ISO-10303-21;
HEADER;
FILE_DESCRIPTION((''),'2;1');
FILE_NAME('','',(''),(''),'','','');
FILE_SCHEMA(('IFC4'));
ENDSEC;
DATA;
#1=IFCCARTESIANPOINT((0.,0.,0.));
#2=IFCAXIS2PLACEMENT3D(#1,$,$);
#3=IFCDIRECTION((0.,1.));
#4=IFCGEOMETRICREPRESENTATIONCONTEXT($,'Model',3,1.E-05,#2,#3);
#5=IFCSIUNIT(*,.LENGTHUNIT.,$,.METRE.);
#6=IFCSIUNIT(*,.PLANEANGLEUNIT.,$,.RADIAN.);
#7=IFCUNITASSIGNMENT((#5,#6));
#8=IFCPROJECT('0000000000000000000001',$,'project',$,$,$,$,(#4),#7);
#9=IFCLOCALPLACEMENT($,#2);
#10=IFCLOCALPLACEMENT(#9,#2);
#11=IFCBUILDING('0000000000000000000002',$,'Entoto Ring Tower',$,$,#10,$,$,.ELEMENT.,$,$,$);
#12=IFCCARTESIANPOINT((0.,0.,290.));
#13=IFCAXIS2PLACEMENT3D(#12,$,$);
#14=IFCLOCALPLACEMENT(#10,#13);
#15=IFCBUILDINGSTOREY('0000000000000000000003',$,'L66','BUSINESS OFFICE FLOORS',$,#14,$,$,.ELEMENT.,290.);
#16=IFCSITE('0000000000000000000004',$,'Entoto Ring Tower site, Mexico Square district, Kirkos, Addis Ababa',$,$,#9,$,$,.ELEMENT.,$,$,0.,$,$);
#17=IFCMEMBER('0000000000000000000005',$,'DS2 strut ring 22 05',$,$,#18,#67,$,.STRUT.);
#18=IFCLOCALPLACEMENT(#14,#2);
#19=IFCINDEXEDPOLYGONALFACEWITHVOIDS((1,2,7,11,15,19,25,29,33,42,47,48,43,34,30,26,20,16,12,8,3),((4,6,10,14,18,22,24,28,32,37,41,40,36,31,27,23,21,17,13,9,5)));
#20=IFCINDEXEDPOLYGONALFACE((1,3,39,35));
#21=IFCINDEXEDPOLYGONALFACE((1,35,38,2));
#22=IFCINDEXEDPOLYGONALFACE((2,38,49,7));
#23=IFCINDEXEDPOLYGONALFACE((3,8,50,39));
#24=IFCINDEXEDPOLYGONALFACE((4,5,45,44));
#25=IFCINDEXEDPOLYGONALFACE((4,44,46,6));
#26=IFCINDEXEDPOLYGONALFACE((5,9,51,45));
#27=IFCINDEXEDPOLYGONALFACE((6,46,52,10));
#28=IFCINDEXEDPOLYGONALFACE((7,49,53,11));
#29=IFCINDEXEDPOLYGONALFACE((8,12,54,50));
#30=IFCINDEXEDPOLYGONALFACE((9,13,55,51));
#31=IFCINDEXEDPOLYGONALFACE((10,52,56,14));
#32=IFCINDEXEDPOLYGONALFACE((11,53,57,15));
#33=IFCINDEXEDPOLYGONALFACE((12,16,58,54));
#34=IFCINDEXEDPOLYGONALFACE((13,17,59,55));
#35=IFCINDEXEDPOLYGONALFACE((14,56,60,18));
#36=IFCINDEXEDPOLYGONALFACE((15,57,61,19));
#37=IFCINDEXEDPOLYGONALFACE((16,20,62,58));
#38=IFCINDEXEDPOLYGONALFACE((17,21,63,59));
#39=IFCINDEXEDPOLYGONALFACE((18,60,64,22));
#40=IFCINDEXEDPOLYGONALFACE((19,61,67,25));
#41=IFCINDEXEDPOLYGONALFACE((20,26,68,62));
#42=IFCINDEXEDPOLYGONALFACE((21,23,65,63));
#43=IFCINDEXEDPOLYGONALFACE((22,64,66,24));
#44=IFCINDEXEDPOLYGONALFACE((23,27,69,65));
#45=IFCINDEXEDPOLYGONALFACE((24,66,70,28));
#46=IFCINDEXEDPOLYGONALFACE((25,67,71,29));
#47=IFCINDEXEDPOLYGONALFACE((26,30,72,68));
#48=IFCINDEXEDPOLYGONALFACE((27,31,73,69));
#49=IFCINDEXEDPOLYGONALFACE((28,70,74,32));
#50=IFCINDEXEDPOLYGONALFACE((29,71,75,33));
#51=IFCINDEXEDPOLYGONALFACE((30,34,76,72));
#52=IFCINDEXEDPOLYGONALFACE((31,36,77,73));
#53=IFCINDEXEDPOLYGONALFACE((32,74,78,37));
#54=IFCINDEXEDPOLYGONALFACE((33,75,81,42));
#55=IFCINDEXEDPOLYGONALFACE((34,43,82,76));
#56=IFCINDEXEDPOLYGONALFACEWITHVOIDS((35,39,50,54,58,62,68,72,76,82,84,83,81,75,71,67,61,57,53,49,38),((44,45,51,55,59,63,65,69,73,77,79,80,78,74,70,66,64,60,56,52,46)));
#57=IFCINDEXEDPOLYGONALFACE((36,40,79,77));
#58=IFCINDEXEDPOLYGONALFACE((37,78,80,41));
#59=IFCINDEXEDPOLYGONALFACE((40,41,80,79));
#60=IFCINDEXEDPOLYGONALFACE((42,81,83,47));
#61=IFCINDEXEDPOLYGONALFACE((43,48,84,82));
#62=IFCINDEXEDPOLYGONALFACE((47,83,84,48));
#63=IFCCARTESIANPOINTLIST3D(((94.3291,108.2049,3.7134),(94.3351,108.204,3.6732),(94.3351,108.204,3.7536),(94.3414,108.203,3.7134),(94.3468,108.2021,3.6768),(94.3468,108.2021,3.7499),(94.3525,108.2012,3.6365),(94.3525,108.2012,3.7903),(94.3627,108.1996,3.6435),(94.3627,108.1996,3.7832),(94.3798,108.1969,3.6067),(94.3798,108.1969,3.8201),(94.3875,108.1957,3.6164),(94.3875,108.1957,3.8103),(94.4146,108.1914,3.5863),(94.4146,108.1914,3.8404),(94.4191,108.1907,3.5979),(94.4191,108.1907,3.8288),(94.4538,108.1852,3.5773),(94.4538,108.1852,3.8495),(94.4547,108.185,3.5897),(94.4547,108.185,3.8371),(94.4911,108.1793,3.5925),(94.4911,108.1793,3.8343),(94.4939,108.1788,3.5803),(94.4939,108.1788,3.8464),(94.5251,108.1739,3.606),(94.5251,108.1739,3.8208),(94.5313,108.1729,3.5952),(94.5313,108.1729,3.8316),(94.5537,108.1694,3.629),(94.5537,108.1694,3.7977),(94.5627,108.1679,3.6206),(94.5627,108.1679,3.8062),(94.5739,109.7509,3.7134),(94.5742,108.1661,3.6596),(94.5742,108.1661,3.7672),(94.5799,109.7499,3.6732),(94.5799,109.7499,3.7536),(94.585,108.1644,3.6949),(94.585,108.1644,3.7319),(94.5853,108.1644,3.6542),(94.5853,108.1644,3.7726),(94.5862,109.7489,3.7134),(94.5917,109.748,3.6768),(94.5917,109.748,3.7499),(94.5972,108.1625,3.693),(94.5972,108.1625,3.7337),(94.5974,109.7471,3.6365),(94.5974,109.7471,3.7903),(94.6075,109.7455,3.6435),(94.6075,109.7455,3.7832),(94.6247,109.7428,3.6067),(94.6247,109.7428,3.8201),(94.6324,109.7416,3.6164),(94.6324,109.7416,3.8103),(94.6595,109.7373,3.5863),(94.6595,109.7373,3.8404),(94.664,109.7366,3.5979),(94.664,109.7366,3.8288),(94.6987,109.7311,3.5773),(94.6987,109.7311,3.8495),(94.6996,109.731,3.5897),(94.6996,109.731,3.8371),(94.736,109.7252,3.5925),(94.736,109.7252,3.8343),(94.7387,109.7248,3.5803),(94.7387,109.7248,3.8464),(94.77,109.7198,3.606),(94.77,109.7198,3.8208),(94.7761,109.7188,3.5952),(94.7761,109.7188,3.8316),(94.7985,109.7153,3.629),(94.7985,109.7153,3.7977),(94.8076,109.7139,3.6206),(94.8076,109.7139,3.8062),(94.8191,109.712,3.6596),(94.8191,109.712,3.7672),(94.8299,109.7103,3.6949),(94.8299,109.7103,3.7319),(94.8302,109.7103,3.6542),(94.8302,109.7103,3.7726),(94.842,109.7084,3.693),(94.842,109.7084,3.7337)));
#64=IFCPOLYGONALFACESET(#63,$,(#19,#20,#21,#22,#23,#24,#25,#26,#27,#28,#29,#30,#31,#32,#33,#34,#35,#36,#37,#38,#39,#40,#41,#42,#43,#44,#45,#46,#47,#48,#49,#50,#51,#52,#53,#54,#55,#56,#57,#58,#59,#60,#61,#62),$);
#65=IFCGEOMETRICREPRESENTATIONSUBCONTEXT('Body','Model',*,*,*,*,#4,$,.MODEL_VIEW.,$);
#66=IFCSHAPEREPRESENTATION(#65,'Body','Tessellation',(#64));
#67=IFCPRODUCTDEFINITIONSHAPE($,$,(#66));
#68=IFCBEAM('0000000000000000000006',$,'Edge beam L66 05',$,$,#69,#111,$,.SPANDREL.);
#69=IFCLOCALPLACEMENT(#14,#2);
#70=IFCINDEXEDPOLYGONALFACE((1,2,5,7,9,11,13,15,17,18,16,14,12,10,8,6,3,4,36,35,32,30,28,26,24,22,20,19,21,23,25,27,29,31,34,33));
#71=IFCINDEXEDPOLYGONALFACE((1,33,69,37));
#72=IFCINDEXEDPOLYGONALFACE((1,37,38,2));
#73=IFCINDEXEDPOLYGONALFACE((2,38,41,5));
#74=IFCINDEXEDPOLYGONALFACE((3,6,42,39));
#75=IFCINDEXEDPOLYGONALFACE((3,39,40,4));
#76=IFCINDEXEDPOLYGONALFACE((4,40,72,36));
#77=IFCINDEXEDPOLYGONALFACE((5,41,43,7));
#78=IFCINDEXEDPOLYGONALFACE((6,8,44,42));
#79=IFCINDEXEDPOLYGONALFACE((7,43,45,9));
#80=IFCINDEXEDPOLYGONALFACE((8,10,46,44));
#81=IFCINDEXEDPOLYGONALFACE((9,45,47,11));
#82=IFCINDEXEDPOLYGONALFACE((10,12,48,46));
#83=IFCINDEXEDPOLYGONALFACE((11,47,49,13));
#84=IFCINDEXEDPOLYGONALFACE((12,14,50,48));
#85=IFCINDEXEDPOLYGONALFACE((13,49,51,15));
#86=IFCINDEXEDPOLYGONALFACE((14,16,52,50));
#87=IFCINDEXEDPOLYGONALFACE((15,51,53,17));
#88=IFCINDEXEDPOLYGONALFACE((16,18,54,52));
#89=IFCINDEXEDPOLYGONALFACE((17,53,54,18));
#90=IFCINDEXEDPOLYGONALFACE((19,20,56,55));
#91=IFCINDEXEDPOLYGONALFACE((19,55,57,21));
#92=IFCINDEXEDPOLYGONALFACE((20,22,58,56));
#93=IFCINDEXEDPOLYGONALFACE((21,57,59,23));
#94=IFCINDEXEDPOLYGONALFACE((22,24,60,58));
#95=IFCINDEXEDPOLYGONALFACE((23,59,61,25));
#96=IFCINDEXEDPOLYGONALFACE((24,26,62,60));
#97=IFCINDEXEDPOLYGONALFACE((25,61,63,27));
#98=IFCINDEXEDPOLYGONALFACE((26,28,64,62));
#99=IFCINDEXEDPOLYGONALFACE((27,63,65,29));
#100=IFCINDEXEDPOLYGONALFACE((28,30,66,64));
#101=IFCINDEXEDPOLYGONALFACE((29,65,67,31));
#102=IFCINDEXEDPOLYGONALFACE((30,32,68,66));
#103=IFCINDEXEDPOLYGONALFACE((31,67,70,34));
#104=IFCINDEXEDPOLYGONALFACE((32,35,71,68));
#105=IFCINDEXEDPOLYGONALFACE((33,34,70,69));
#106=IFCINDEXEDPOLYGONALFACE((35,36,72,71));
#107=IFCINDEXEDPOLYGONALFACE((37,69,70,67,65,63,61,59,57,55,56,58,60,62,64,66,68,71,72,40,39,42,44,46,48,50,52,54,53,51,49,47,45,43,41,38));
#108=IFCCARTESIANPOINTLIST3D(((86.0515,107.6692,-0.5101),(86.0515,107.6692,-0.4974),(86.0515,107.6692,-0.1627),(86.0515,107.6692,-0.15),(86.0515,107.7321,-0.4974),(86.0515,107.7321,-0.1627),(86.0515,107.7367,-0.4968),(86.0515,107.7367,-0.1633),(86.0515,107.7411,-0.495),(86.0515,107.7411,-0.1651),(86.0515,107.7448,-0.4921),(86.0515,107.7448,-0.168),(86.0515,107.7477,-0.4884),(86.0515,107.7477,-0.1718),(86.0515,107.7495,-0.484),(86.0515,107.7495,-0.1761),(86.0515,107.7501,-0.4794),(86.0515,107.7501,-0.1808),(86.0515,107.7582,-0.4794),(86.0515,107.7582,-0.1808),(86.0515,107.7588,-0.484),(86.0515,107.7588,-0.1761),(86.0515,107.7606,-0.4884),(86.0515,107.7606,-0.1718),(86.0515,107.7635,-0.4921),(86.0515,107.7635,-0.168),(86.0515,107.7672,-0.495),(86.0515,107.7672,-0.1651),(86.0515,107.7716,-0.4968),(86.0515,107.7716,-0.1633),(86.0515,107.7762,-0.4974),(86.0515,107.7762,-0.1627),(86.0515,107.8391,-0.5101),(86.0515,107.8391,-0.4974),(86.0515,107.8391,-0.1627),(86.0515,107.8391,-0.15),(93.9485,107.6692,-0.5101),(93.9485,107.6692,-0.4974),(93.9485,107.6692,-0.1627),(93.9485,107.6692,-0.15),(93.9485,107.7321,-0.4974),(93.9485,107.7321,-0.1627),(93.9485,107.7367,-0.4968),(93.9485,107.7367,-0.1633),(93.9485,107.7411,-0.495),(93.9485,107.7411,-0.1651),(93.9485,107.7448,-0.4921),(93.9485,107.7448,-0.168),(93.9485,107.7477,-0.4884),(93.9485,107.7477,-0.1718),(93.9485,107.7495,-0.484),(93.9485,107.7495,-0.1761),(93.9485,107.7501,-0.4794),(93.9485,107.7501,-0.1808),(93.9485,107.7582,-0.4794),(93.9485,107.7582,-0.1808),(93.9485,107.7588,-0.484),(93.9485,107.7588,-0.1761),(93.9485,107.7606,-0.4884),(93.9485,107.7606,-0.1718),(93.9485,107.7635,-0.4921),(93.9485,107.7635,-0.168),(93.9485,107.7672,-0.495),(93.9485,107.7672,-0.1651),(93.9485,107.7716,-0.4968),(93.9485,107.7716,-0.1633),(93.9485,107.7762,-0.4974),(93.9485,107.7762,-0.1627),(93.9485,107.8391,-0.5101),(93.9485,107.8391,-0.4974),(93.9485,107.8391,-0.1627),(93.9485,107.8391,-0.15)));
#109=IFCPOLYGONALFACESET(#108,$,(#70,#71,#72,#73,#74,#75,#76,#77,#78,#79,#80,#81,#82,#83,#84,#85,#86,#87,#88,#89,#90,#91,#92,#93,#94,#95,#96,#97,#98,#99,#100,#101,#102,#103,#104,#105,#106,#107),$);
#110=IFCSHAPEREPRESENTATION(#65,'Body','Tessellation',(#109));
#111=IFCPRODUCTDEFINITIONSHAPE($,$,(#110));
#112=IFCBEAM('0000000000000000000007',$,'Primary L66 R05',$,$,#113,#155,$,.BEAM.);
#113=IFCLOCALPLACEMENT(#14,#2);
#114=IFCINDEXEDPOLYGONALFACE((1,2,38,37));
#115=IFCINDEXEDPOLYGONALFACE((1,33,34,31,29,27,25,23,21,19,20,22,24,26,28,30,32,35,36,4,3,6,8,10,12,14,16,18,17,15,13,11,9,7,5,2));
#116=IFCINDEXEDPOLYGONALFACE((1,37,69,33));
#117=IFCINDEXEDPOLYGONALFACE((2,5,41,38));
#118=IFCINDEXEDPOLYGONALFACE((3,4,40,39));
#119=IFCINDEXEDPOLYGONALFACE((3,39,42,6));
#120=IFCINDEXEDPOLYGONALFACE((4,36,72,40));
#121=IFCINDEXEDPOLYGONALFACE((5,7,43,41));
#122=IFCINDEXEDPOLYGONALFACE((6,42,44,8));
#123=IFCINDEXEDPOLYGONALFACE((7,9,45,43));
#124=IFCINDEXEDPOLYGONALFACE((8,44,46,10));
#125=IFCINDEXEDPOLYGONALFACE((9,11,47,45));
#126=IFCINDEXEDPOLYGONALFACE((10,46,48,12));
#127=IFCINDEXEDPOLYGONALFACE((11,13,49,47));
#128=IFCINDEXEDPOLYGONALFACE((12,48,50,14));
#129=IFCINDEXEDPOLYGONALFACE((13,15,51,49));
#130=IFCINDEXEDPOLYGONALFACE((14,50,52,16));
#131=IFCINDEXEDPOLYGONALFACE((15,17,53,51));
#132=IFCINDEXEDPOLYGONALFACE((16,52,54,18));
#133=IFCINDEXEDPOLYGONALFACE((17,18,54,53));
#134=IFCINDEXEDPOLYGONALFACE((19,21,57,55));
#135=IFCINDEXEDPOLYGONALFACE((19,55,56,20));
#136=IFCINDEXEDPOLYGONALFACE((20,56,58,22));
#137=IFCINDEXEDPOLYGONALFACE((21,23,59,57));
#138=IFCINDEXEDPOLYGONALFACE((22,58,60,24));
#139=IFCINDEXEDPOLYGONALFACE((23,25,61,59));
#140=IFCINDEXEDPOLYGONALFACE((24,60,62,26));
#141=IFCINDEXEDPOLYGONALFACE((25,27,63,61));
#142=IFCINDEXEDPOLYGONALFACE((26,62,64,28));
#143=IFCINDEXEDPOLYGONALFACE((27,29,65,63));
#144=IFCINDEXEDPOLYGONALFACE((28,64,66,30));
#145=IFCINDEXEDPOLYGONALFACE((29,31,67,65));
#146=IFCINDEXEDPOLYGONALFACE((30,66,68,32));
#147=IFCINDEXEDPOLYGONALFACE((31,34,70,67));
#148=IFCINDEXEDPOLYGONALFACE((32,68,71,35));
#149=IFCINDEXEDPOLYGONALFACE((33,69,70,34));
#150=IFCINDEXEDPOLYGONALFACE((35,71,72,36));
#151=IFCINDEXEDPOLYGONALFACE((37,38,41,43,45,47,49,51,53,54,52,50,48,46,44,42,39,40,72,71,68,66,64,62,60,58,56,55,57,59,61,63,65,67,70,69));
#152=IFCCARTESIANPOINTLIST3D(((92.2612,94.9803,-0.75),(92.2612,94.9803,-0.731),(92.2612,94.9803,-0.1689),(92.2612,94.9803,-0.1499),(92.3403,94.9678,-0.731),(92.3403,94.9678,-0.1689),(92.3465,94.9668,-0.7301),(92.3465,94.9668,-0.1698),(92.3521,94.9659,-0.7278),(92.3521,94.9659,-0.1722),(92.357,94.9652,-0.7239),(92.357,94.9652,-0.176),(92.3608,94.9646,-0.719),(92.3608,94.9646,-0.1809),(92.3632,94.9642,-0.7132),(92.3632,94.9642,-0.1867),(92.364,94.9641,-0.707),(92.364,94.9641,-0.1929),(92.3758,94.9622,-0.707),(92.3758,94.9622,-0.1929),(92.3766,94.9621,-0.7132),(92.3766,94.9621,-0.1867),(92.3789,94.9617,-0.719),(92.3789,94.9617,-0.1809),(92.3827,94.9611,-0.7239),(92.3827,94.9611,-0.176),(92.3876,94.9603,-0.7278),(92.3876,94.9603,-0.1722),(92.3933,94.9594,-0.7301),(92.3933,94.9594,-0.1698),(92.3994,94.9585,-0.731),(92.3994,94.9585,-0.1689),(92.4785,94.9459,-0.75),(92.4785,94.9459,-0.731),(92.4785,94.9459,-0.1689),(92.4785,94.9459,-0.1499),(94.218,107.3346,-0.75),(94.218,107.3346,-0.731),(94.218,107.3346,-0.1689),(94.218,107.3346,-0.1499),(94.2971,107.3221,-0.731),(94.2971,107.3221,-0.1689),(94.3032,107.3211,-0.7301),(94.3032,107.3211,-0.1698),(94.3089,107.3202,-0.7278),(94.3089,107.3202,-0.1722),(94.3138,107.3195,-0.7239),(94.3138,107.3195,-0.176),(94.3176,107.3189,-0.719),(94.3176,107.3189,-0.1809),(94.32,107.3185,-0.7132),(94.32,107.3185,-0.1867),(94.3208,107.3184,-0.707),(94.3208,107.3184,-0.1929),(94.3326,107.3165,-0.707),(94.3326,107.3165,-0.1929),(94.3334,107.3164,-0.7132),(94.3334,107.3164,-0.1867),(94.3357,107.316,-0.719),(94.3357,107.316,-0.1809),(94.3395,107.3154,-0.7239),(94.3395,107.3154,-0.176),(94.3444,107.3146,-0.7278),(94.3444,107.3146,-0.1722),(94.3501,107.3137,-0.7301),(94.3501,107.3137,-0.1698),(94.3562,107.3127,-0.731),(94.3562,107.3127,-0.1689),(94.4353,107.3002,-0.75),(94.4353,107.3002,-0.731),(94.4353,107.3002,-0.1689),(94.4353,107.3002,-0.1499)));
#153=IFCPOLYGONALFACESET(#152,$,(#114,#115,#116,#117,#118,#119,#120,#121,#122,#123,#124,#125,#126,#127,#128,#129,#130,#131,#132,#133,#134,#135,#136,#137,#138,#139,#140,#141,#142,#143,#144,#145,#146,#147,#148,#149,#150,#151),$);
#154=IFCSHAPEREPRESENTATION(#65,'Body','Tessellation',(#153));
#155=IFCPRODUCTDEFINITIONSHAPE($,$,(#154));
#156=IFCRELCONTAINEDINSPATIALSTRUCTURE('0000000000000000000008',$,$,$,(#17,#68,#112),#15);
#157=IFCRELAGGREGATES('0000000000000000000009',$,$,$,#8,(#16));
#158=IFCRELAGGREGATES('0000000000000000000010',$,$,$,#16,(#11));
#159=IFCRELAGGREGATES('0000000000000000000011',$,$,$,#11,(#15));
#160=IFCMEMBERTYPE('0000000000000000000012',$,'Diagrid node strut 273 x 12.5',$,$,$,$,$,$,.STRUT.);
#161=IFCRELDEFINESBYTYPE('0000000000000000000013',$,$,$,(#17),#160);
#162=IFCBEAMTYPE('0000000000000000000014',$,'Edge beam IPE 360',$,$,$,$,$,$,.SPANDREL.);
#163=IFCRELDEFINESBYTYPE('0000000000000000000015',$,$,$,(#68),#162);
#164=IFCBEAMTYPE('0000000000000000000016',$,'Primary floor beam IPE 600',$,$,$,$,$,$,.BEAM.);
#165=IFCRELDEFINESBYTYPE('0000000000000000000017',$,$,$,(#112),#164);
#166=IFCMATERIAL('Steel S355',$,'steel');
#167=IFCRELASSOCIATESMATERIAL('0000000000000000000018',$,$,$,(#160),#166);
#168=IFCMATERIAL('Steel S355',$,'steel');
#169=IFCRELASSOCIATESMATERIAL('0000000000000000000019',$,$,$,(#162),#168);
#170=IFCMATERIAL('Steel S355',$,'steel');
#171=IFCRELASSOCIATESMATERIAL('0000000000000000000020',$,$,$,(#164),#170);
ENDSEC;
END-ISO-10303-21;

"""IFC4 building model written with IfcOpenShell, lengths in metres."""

from ifc_helpers import new_model, si_unit, direction, frame, origin, origin_2d, place, context, subcontext, project, spatial, circle, hollow_circle, i_section, extrude, material, material_profile, profile_set, type_object, element, save


model = new_model("IFC4")

# Units and contexts
model_context = context("Model", 3, precision=1e-05, world=origin(), true_north=direction((0.0, 1.0)))
body_context = subcontext(model_context, "Body", "Model", "MODEL_VIEW")
ifc_project = project(units=[si_unit("LENGTHUNIT", "METRE"), si_unit("PLANEANGLEUNIT", "RADIAN")], contexts=[model_context])

# Site, building, storey
site_placement = place(None, origin())
site = spatial("IfcSite", under=ifc_project, at=site_placement, Name="Entoto Ring Tower site, Mexico Square district, Kirkos, Addis Ababa", CompositionType="ELEMENT", RefElevation=0.0)
building_placement = place(site_placement, origin())
building = spatial("IfcBuilding", under=site, at=building_placement, Name="Entoto Ring Tower", CompositionType="ELEMENT")
storey_placement = place(building_placement, frame((0.0, 0.0, 290.0)))
storey = spatial("IfcBuildingStorey", under=building, at=storey_placement, Name="L66", Description="BUSINESS OFFICE FLOORS", CompositionType="ELEMENT", Elevation=290.0)

# Member
ifc_material_1 = material(Name="Steel S355", Category="steel")
ifc_material_profile_1 = material_profile(ifc_material_1, hollow_circle(Radius=0.1365, WallThickness=0.0125, at=origin_2d()), Name="CHS 273 x 12.5")
ifc_material_2 = material(Name="Concrete C60/75", Category="concrete")
ifc_material_profile_2 = material_profile(ifc_material_2, circle(Radius=0.124, at=origin_2d()), Name="Concrete C60/75 infill")
ifc_profile_set_1 = profile_set([ifc_material_profile_1, ifc_material_profile_2], Name="Steel S355")
member_type = type_object("IfcMemberType", Name="Diagrid node strut 273 x 12.5", PredefinedType="STRUT", material=ifc_profile_set_1)
member_placement = place(storey_placement, frame((94.4639, 108.1836, 3.7134), z_axis=(0.156451, 0.987686, 0.0), x_axis=(-0.987686, 0.156451, 0.0)))
element("IfcMember", 1, at=member_placement, inside=storey, type_object=member_type, Name="DS2 strut ring 22 05", PredefinedType="STRUT", context=body_context, shape_type="SweptSolid", body=[
    extrude(hollow_circle(Radius=0.1365, WallThickness=0.0125, at=origin_2d()), origin(), (0.0, 0.0, 1.0), 1.5652),
])

# Beams
ifc_material_3 = material(Name="Steel S355", Category="steel")
ifc_material_profile_3 = material_profile(ifc_material_3, i_section(OverallWidth=0.1699, OverallDepth=0.3601, WebThickness=0.0081, FlangeThickness=0.0127, FilletRadius=0.0181, at=origin_2d()), Name="IPE 360")
ifc_profile_set_2 = profile_set([ifc_material_profile_3], Name="Steel S355")
beam_type_1 = type_object("IfcBeamType", Name="Edge beam IPE 360", PredefinedType="SPANDREL", material=ifc_profile_set_2)
beam_1_placement = place(storey_placement, frame((93.9485, 107.7542, -0.3301), z_axis=(-1.0, 0.0, 0.0), x_axis=(0.0, -1.0, 0.0)))
element("IfcBeam", 2, at=beam_1_placement, inside=storey, type_object=beam_type_1, Name="Edge beam L66 05", PredefinedType="SPANDREL", context=body_context, shape_type="SweptSolid", body=[
    extrude(i_section(OverallWidth=0.1699, OverallDepth=0.3601, WebThickness=0.0081, FlangeThickness=0.0127, FilletRadius=0.0181, at=origin_2d()), origin(), (0.0, 0.0, 1.0), 7.897),
])
ifc_material_4 = material(Name="Steel S355", Category="steel")
ifc_material_profile_4 = material_profile(ifc_material_4, i_section(OverallWidth=0.22, OverallDepth=0.6001, WebThickness=0.012, FlangeThickness=0.019, FilletRadius=0.0239, at=origin_2d()), Name="IPE 600")
ifc_profile_set_3 = profile_set([ifc_material_profile_4], Name="Steel S355")
beam_type_2 = type_object("IfcBeamType", Name="Primary floor beam IPE 600", PredefinedType="BEAM", material=ifc_profile_set_3)
for number, where, z_axis, x_axis, name in (
    (3, (92.3699, 94.9631, -0.45), (0.15644, 0.987688, 0.0), (-0.987688, 0.15644, 0.0), "Primary L66 R05"),
):
    element("IfcBeam", number, at=place(storey_placement, frame(where, z_axis=z_axis, x_axis=x_axis)), inside=storey, type_object=beam_type_2, Name=name, PredefinedType="BEAM", context=body_context, shape_type="SweptSolid", body=[
        extrude(i_section(OverallWidth=0.22, OverallDepth=0.6001, WebThickness=0.012, FlangeThickness=0.019, FilletRadius=0.0239, at=origin_2d()), origin(), (0.0, 0.0, 1.0), 12.5083),
    ])

save(model, "model.ifc")
